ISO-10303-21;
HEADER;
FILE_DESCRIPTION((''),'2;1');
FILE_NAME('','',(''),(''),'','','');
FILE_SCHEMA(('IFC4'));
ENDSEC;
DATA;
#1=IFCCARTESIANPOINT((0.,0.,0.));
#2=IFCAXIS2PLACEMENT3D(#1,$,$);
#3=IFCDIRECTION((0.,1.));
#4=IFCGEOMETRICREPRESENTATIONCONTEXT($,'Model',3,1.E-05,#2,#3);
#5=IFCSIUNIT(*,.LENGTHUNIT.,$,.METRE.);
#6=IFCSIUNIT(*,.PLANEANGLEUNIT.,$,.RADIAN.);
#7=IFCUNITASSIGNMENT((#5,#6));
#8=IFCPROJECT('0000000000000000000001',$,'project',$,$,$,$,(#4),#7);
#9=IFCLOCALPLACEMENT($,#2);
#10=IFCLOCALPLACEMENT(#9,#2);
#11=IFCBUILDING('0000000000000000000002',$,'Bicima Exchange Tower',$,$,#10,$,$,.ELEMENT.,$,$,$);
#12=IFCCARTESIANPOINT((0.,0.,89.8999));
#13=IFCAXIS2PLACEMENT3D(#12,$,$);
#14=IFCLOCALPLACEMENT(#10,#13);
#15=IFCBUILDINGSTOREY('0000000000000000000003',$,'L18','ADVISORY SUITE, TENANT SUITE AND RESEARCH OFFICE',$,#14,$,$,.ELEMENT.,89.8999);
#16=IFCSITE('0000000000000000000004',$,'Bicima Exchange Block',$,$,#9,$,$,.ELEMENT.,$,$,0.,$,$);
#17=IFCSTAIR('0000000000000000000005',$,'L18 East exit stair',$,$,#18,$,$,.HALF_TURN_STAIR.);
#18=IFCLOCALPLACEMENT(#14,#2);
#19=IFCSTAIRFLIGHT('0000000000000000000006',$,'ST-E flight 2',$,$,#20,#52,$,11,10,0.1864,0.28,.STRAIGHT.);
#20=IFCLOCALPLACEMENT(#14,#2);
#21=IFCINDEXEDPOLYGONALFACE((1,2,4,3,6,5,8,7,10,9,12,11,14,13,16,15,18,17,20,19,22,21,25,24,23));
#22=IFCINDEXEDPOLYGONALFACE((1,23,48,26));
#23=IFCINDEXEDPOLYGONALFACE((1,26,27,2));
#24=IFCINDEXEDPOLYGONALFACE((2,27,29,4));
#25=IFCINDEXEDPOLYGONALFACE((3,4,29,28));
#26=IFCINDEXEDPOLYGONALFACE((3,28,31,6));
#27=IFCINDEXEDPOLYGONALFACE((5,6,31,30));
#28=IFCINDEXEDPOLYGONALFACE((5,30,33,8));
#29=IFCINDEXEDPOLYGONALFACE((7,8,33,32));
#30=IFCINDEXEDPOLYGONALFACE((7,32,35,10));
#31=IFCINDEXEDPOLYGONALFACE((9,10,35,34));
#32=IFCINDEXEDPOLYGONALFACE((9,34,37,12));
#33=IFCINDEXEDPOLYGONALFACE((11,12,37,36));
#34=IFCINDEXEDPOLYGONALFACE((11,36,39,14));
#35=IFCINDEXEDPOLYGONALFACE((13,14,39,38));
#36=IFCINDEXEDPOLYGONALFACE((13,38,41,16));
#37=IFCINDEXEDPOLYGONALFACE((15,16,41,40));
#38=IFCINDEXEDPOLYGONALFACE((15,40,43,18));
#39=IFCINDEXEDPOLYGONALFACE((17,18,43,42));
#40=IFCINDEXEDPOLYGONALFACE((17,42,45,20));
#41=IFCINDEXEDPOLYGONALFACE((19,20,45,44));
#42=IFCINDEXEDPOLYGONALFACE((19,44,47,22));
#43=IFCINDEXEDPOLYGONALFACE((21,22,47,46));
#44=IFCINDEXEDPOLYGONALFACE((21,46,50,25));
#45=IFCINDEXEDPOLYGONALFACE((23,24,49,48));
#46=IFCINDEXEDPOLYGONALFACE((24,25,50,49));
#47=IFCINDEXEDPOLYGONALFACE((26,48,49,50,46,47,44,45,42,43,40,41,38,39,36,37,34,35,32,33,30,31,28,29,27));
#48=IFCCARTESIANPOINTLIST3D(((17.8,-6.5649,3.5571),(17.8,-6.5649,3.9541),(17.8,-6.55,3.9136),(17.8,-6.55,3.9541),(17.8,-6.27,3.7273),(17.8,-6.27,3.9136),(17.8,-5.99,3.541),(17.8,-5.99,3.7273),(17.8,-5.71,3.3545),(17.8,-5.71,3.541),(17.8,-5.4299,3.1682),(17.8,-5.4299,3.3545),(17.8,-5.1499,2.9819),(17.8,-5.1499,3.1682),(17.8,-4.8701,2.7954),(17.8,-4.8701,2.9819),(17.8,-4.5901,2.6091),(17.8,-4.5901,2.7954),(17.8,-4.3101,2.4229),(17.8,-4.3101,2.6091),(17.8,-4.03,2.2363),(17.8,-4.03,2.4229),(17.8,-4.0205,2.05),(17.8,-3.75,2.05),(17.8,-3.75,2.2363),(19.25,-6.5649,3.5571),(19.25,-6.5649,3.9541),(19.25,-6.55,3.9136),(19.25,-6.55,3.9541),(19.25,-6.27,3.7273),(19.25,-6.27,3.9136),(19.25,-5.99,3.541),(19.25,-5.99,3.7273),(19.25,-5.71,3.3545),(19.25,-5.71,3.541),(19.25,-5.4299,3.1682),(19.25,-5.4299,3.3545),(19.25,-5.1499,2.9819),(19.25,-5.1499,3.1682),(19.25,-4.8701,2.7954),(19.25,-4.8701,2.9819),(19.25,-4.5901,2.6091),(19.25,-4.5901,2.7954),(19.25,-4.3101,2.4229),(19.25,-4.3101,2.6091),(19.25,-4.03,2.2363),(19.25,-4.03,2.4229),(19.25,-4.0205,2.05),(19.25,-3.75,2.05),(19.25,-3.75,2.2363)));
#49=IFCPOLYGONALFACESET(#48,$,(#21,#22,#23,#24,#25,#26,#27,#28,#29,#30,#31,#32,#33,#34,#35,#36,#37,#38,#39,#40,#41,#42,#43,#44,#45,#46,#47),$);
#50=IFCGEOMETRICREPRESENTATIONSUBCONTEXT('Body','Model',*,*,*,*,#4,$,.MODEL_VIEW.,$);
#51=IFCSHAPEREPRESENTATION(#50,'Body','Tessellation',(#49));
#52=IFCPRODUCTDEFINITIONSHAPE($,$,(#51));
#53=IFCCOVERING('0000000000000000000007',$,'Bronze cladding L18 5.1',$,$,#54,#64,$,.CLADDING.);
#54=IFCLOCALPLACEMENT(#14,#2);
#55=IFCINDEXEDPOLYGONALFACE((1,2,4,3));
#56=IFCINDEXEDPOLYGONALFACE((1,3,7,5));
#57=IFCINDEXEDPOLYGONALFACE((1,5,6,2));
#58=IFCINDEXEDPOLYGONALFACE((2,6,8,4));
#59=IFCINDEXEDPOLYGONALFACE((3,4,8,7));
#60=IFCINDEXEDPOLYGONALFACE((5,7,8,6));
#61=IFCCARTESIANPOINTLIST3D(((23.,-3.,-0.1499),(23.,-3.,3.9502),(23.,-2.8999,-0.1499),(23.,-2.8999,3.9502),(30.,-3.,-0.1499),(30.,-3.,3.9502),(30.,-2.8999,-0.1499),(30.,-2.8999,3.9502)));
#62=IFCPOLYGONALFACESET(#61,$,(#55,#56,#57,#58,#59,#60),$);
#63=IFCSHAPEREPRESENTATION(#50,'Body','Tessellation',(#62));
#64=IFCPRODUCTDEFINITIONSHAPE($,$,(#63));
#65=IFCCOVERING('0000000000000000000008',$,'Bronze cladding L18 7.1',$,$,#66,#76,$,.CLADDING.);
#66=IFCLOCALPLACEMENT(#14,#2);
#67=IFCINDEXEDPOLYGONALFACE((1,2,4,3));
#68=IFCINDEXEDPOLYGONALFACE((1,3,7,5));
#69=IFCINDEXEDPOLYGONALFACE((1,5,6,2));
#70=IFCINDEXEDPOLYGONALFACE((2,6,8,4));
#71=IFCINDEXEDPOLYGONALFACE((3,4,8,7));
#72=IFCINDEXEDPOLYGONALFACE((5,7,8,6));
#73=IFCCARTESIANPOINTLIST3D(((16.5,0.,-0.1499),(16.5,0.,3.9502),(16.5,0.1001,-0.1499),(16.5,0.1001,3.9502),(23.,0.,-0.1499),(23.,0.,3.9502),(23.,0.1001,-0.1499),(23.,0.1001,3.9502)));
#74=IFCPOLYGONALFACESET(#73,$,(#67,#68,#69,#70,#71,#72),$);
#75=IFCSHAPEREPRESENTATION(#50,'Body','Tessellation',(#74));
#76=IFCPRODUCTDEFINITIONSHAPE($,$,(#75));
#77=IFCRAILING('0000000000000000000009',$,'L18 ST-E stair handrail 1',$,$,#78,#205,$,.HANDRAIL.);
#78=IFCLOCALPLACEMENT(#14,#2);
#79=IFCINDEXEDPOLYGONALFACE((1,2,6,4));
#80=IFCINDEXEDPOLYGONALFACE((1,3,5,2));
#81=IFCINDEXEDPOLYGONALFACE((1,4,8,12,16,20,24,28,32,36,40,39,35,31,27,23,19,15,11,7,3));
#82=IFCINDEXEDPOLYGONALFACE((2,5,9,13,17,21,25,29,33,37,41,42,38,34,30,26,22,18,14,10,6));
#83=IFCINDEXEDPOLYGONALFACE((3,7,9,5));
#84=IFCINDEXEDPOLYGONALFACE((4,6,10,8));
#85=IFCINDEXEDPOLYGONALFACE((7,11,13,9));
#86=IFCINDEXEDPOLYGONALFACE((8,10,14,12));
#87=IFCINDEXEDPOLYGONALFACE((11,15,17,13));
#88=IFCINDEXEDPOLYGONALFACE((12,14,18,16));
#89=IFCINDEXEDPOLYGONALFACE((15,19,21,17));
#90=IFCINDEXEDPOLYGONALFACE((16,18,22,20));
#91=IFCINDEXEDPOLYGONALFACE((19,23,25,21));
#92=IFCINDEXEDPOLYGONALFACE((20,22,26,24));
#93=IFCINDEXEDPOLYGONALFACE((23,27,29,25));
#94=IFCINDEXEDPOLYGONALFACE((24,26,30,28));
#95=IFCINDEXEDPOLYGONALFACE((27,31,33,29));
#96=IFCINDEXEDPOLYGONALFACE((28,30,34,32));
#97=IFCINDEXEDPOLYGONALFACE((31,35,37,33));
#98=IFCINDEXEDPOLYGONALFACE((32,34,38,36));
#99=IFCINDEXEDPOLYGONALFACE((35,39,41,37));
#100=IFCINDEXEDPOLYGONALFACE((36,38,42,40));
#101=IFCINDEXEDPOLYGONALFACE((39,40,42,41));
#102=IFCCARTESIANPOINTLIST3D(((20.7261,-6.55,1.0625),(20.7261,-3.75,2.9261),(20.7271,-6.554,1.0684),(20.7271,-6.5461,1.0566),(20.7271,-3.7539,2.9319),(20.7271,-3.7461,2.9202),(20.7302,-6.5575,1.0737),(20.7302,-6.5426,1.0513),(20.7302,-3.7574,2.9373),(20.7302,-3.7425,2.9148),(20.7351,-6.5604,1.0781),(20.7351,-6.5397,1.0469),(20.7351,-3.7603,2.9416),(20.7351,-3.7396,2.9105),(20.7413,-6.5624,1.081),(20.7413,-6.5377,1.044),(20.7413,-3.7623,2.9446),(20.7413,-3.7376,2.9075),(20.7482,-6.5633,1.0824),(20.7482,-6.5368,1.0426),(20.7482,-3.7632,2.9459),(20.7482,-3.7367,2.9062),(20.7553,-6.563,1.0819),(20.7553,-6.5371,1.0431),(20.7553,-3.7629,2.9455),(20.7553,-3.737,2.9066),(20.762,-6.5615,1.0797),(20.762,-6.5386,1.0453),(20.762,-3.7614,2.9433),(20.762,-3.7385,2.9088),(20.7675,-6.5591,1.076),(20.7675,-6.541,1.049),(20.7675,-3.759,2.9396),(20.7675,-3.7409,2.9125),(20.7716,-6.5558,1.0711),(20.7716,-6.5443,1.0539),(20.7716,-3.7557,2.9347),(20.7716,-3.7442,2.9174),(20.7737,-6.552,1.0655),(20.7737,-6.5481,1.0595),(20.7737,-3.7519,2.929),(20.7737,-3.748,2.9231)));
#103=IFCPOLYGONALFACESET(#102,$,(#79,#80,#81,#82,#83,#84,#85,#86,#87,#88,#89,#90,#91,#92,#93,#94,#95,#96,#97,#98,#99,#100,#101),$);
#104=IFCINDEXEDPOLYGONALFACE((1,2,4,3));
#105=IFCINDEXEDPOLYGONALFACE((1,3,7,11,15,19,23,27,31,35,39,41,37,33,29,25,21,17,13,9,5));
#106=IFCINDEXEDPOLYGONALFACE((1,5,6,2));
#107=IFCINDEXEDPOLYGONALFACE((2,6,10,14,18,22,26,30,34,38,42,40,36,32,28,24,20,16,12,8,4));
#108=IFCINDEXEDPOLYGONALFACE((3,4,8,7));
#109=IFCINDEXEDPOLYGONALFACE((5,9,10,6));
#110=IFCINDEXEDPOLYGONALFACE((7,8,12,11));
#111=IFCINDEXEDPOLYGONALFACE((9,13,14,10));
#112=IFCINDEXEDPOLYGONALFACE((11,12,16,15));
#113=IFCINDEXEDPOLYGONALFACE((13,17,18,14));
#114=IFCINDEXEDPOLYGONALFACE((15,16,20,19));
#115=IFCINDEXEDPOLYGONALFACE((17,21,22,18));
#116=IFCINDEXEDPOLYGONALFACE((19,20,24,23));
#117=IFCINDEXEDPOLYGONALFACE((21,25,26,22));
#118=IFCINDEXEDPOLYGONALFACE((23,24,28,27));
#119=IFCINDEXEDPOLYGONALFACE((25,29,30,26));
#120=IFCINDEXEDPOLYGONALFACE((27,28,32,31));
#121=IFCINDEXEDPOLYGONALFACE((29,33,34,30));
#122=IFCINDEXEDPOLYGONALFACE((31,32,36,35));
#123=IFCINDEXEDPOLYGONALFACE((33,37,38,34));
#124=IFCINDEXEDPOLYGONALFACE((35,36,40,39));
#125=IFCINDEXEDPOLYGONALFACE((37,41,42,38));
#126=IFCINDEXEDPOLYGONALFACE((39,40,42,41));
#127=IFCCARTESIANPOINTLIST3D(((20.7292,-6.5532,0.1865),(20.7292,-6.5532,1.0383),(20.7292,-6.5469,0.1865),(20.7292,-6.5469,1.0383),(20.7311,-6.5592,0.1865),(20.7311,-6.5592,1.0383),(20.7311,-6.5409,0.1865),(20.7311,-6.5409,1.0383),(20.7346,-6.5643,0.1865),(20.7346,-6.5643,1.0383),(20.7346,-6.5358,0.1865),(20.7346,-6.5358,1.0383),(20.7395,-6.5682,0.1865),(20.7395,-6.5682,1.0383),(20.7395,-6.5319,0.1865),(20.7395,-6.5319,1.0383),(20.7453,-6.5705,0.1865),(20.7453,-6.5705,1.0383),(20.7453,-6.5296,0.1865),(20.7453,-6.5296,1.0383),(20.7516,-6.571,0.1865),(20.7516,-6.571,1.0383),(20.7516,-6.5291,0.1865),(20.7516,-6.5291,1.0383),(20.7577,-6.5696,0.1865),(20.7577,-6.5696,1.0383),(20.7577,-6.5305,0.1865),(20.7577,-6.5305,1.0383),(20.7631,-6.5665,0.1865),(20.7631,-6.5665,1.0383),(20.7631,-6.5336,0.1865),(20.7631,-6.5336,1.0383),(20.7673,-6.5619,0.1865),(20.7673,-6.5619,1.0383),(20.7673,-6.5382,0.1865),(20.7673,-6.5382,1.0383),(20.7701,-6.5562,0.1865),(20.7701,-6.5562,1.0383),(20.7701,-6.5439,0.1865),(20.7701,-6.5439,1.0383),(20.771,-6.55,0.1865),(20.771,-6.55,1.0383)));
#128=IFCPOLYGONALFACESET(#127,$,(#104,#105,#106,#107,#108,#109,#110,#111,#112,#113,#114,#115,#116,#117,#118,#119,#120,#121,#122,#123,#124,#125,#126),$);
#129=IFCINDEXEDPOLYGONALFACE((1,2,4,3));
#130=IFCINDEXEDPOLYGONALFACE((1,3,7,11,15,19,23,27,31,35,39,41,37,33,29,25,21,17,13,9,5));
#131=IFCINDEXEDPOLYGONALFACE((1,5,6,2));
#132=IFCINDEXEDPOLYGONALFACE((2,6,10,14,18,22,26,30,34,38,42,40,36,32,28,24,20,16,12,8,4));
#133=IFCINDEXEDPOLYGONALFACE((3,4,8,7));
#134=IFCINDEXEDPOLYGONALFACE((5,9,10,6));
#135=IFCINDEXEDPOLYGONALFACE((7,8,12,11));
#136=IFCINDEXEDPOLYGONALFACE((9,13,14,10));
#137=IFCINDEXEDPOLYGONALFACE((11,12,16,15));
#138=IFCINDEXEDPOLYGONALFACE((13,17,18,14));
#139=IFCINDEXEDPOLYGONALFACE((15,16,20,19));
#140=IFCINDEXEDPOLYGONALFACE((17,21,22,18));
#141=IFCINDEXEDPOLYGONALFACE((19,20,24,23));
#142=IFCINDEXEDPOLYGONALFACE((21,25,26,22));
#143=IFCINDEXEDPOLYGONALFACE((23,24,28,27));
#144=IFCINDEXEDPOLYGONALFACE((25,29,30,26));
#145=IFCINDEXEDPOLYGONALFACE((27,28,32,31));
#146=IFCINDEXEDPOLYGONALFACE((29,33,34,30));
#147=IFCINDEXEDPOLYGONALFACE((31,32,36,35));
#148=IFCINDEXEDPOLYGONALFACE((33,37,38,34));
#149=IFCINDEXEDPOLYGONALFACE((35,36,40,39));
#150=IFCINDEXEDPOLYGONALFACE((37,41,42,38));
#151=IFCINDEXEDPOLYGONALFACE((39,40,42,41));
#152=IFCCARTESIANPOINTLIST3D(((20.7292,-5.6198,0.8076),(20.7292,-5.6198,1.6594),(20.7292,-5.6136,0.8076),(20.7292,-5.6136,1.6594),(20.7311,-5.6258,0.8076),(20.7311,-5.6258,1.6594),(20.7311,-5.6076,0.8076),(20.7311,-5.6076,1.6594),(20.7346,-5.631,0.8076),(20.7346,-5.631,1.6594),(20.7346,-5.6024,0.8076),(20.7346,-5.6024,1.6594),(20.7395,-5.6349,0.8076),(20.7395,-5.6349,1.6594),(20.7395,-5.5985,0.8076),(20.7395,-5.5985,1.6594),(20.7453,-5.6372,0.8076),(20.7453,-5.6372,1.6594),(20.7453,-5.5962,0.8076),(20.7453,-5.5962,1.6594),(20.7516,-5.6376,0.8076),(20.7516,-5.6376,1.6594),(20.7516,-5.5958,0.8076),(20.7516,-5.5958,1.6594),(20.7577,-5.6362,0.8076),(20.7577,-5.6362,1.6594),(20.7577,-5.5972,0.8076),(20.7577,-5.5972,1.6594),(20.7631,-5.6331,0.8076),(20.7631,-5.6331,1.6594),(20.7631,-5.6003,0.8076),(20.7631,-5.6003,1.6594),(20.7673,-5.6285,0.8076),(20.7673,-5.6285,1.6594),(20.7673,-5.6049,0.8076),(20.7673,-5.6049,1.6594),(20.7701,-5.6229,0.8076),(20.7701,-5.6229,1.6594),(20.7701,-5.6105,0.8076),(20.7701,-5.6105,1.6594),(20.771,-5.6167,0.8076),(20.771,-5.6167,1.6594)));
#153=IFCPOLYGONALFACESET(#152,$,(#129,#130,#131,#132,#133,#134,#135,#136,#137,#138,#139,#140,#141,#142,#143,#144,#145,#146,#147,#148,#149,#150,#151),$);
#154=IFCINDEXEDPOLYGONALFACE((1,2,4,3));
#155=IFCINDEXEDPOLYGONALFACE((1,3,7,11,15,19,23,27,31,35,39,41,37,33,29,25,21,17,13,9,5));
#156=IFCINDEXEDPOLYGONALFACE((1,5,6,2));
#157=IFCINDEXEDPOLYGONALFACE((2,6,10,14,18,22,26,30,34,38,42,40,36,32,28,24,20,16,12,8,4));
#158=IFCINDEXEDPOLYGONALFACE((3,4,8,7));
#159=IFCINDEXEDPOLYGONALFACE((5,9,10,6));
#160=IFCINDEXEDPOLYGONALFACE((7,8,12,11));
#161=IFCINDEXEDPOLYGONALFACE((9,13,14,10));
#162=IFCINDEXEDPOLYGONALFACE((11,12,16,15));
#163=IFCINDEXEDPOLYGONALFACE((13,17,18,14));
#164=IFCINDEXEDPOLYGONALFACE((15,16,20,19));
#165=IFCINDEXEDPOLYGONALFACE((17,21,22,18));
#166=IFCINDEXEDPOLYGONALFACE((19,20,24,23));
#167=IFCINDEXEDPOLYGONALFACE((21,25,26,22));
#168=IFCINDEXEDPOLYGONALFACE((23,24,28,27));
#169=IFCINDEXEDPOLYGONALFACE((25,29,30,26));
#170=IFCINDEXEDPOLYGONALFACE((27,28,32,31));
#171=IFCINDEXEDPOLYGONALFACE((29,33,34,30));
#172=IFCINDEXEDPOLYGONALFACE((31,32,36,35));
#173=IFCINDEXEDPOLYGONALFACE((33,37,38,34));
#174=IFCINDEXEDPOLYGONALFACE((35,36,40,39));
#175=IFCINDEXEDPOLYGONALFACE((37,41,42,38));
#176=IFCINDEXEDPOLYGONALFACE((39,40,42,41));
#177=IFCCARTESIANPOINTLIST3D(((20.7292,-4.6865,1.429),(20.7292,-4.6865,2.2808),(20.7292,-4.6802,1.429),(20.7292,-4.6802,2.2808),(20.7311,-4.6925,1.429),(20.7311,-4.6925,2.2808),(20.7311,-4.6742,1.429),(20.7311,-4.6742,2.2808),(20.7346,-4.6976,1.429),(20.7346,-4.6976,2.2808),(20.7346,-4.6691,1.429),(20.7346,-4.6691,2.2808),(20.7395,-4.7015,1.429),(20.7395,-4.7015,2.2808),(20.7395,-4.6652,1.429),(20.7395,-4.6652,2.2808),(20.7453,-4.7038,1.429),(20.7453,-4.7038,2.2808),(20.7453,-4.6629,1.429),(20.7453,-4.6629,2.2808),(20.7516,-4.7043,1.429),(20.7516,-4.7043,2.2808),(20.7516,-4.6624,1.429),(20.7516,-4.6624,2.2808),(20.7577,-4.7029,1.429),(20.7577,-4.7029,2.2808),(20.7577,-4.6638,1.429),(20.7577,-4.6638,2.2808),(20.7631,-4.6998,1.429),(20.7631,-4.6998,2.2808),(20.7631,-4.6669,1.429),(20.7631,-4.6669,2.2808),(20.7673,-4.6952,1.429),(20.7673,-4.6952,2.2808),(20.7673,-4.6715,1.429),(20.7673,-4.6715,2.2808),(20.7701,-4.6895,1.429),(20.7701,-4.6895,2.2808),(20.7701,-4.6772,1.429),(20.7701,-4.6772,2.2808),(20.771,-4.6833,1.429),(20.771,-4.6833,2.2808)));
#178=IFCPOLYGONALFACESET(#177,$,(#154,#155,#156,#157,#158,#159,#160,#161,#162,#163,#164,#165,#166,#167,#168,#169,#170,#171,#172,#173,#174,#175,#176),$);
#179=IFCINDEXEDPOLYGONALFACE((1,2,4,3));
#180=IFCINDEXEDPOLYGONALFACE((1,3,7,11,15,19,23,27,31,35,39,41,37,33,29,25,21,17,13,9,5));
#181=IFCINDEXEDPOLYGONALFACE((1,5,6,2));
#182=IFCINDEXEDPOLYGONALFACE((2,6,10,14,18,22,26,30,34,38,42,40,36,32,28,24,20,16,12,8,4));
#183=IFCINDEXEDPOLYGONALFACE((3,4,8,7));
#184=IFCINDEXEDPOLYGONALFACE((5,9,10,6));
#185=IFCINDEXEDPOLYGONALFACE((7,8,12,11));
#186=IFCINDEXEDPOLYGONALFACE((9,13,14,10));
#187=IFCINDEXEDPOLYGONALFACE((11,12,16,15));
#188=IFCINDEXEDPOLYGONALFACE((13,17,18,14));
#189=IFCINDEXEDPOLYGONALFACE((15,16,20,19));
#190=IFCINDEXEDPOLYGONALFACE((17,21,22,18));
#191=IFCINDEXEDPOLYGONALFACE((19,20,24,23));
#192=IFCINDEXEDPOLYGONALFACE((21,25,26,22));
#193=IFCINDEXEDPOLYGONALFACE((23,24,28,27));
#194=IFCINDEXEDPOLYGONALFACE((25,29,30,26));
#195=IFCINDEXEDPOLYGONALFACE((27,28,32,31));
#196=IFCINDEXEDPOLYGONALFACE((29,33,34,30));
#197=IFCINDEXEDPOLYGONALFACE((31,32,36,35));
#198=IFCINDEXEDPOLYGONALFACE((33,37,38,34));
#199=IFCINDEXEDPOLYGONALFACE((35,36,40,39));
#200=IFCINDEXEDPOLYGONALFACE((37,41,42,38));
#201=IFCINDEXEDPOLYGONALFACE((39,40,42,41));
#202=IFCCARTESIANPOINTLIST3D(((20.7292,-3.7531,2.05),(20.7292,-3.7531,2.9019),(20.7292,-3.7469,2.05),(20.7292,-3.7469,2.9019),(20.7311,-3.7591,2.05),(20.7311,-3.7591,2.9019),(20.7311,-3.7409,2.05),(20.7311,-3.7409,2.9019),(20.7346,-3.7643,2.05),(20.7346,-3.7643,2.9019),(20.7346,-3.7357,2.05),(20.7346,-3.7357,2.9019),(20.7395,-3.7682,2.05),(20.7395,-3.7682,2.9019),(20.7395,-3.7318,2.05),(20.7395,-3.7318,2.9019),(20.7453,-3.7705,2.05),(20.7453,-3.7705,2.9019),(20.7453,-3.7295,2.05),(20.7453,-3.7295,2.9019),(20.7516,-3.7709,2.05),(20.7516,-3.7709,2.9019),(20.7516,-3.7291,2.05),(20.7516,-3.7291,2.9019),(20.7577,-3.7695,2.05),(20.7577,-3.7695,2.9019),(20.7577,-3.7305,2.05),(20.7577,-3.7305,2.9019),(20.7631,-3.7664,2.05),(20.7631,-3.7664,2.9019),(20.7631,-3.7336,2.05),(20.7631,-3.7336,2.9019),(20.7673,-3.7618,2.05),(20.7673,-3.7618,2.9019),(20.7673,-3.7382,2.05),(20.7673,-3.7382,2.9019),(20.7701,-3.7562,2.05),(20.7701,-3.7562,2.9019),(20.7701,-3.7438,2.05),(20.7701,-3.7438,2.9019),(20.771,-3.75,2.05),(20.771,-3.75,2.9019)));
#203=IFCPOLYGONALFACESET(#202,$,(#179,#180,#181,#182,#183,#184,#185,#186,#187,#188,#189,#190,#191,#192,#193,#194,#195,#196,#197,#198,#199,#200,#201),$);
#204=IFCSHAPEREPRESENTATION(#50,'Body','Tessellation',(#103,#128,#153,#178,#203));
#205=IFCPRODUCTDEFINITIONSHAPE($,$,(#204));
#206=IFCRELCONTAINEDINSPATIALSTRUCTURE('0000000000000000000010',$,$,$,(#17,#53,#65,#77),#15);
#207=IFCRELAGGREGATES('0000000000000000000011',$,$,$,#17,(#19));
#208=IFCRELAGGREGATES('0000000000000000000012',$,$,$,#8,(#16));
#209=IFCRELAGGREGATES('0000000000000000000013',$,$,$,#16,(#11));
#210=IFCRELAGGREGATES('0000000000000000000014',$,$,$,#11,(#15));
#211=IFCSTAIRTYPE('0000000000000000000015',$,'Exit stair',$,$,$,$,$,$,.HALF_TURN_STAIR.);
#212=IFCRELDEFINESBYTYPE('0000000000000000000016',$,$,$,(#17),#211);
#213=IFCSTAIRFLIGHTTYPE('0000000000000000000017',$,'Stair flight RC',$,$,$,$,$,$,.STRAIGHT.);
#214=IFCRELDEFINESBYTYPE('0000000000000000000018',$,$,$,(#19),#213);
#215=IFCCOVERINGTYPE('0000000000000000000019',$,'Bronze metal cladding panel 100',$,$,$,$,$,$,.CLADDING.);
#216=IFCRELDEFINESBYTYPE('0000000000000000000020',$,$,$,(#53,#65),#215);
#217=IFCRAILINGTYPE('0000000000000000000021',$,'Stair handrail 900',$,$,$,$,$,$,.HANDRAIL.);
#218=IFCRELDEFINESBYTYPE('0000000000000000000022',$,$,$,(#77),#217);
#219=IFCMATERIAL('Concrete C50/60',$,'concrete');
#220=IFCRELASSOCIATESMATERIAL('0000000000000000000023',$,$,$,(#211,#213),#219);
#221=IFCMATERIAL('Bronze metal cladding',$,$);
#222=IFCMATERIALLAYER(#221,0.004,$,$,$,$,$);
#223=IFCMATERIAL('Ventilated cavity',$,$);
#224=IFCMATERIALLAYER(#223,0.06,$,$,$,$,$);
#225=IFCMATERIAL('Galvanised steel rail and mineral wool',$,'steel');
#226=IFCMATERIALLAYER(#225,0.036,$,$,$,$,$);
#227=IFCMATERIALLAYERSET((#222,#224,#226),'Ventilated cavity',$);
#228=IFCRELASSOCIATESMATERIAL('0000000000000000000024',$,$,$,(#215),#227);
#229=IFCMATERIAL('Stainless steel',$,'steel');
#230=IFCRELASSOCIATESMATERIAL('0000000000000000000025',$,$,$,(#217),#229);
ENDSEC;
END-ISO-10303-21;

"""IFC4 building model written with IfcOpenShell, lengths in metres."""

from ifc_helpers import new_model, si_unit, direction, frame, origin, origin_2d, place, context, subcontext, project, spatial, polyline, rectangle, circle, outline, extrude, material, layer, layer_set, type_object, element, aggregate, save


model = new_model("IFC4")

# Units and contexts
model_context = context("Model", 3, precision=1e-05, world=origin(), true_north=direction((0.0, 1.0)))
body_context = subcontext(model_context, "Body", "Model", "MODEL_VIEW")
ifc_project = project(units=[si_unit("LENGTHUNIT", "METRE"), si_unit("PLANEANGLEUNIT", "RADIAN")], contexts=[model_context])

# Site, building, storey
site_placement = place(None, origin())
site = spatial("IfcSite", under=ifc_project, at=site_placement, Name="Bicima Exchange Block", CompositionType="ELEMENT", RefElevation=0.0)
building_placement = place(site_placement, origin())
building = spatial("IfcBuilding", under=site, at=building_placement, Name="Bicima Exchange Tower", CompositionType="ELEMENT")
storey_placement = place(building_placement, frame((0.0, 0.0, 89.8999)))
storey = spatial("IfcBuildingStorey", under=building, at=storey_placement, Name="L18", Description="ADVISORY SUITE, TENANT SUITE AND RESEARCH OFFICE", CompositionType="ELEMENT", Elevation=89.8999)

# Shared definitions
ifc_material_1 = material(Name="Concrete C50/60", Category="concrete")

# Stair, stair flight
stair_type = type_object("IfcStairType", Name="Exit stair", PredefinedType="HALF_TURN_STAIR", material=ifc_material_1)
stair_placement = place(storey_placement, origin())
stair = element("IfcStair", 1, at=stair_placement, inside=storey, type_object=stair_type, Name="L18 East exit stair", PredefinedType="HALF_TURN_STAIR")
stair_flight_type = type_object("IfcStairFlightType", Name="Stair flight RC", PredefinedType="STRAIGHT", material=ifc_material_1)
stair_flight_1_placement = place(storey_placement, frame((18.5249, -3.75, 2.05), z_axis=(0.0, 0.0, 1.0), x_axis=(0.0, -1.0, 0.0)))
stair_flight_1 = element("IfcStairFlight", 2, at=stair_flight_1_placement, type_object=stair_flight_type, Name="ST-E flight 2", NumberOfRisers=11, NumberOfTreads=10, PredefinedType="STRAIGHT", RiserHeight=0.1864, TreadLength=0.28, context=body_context, shape_type="SweptSolid", body=[
    extrude(outline(polyline([(0.0, 0.0), (0.0, 0.1863), (0.28, 0.1863), (0.28, 0.3728), (0.5601, 0.3728), (0.5601, 0.5591), (0.8401, 0.5591), (0.8401, 0.7454), (1.1201, 0.7454), (1.1201, 0.9319), (1.3999, 0.9319), (1.3999, 1.1182), (1.6799, 1.1182), (1.6799, 1.3044), (1.96, 1.3044), (1.96, 1.491), (2.24, 1.491), (2.24, 1.6772), (2.52, 1.6772), (2.52, 1.8635), (2.8, 1.8635), (2.8, 1.9041), (2.8149, 1.9041), (2.8149, 1.5071), (0.2705, 0.0), (0.0, 0.0)])), frame((0.0, 0.7251, 0.0), z_axis=(0.0, -1.0, 0.0), x_axis=(1.0, 0.0, 0.0)), (0.0, 0.0, 1.0), 1.45),
])
aggregate(stair, [stair_flight_1])

# Coverings
ifc_material_2 = material(Name="Bronze metal cladding")
ifc_layer_1 = layer(ifc_material_2, 0.004)
ifc_material_3 = material(Name="Ventilated cavity")
ifc_layer_2 = layer(ifc_material_3, 0.06)
ifc_material_4 = material(Name="Galvanised steel rail and mineral wool", Category="steel")
ifc_layer_3 = layer(ifc_material_4, 0.036)
ifc_layer_set_1 = layer_set([ifc_layer_1, ifc_layer_2, ifc_layer_3], Name="Ventilated cavity")
covering_type = type_object("IfcCoveringType", Name="Bronze metal cladding panel 100", PredefinedType="CLADDING", material=ifc_layer_set_1)
covering_1_placement = place(storey_placement, frame((26.5, -2.95, -0.1499), z_axis=(0.0, 0.0, 1.0), x_axis=(-1.0, 0.0, 0.0)))
element("IfcCovering", 3, at=covering_1_placement, inside=storey, type_object=covering_type, Name="Bronze cladding L18 5.1", PredefinedType="CLADDING", context=body_context, shape_type="SweptSolid", body=[
    extrude(rectangle(XDim=7.0, YDim=0.1001, at=origin_2d()), origin(), (0.0, 0.0, 1.0), 4.1001),
])
covering_2_placement = place(storey_placement, frame((19.75, 0.05, -0.1499), z_axis=(0.0, 0.0, 1.0), x_axis=(-1.0, 0.0, 0.0)))
element("IfcCovering", 4, at=covering_2_placement, inside=storey, type_object=covering_type, Name="Bronze cladding L18 7.1", PredefinedType="CLADDING", context=body_context, shape_type="SweptSolid", body=[
    extrude(rectangle(XDim=6.5, YDim=0.1001, at=origin_2d()), origin(), (0.0, 0.0, 1.0), 4.1001),
])

# Railing
ifc_material_5 = material(Name="Stainless steel", Category="steel")
railing_type_1 = type_object("IfcRailingType", Name="Stair handrail 900", PredefinedType="HANDRAIL", material=ifc_material_5)
railing_1_placement = place(storey_placement, frame((20.75, -6.55, 0.1865)))
element("IfcRailing", 5, at=railing_1_placement, inside=storey, type_object=railing_type_1, Name="L18 ST-E stair handrail 1", PredefinedType="HANDRAIL", context=body_context, shape_type="SweptSolid", body=[
    extrude(circle(Radius=0.0239, at=origin_2d()), frame((0.0, 0.0, 0.876), z_axis=(0.0, 0.832486, 0.554047), x_axis=(-1.0, 0.0, 0.0)), (0.0, 0.0, 1.0), 3.3635),
    extrude(circle(Radius=0.021, at=origin_2d()), origin(), (0.0, 0.0, 1.0), 0.8518),
    extrude(circle(Radius=0.021, at=origin_2d()), frame((0.0, 0.9333, 0.6211)), (0.0, 0.0, 1.0), 0.8518),
    extrude(circle(Radius=0.021, at=origin_2d()), frame((0.0, 1.8667, 1.2424)), (0.0, 0.0, 1.0), 0.8518),
    extrude(circle(Radius=0.021, at=origin_2d()), frame((0.0, 2.8, 1.8635)), (0.0, 0.0, 1.0), 0.8518),
])

save(model, "model.ifc")
